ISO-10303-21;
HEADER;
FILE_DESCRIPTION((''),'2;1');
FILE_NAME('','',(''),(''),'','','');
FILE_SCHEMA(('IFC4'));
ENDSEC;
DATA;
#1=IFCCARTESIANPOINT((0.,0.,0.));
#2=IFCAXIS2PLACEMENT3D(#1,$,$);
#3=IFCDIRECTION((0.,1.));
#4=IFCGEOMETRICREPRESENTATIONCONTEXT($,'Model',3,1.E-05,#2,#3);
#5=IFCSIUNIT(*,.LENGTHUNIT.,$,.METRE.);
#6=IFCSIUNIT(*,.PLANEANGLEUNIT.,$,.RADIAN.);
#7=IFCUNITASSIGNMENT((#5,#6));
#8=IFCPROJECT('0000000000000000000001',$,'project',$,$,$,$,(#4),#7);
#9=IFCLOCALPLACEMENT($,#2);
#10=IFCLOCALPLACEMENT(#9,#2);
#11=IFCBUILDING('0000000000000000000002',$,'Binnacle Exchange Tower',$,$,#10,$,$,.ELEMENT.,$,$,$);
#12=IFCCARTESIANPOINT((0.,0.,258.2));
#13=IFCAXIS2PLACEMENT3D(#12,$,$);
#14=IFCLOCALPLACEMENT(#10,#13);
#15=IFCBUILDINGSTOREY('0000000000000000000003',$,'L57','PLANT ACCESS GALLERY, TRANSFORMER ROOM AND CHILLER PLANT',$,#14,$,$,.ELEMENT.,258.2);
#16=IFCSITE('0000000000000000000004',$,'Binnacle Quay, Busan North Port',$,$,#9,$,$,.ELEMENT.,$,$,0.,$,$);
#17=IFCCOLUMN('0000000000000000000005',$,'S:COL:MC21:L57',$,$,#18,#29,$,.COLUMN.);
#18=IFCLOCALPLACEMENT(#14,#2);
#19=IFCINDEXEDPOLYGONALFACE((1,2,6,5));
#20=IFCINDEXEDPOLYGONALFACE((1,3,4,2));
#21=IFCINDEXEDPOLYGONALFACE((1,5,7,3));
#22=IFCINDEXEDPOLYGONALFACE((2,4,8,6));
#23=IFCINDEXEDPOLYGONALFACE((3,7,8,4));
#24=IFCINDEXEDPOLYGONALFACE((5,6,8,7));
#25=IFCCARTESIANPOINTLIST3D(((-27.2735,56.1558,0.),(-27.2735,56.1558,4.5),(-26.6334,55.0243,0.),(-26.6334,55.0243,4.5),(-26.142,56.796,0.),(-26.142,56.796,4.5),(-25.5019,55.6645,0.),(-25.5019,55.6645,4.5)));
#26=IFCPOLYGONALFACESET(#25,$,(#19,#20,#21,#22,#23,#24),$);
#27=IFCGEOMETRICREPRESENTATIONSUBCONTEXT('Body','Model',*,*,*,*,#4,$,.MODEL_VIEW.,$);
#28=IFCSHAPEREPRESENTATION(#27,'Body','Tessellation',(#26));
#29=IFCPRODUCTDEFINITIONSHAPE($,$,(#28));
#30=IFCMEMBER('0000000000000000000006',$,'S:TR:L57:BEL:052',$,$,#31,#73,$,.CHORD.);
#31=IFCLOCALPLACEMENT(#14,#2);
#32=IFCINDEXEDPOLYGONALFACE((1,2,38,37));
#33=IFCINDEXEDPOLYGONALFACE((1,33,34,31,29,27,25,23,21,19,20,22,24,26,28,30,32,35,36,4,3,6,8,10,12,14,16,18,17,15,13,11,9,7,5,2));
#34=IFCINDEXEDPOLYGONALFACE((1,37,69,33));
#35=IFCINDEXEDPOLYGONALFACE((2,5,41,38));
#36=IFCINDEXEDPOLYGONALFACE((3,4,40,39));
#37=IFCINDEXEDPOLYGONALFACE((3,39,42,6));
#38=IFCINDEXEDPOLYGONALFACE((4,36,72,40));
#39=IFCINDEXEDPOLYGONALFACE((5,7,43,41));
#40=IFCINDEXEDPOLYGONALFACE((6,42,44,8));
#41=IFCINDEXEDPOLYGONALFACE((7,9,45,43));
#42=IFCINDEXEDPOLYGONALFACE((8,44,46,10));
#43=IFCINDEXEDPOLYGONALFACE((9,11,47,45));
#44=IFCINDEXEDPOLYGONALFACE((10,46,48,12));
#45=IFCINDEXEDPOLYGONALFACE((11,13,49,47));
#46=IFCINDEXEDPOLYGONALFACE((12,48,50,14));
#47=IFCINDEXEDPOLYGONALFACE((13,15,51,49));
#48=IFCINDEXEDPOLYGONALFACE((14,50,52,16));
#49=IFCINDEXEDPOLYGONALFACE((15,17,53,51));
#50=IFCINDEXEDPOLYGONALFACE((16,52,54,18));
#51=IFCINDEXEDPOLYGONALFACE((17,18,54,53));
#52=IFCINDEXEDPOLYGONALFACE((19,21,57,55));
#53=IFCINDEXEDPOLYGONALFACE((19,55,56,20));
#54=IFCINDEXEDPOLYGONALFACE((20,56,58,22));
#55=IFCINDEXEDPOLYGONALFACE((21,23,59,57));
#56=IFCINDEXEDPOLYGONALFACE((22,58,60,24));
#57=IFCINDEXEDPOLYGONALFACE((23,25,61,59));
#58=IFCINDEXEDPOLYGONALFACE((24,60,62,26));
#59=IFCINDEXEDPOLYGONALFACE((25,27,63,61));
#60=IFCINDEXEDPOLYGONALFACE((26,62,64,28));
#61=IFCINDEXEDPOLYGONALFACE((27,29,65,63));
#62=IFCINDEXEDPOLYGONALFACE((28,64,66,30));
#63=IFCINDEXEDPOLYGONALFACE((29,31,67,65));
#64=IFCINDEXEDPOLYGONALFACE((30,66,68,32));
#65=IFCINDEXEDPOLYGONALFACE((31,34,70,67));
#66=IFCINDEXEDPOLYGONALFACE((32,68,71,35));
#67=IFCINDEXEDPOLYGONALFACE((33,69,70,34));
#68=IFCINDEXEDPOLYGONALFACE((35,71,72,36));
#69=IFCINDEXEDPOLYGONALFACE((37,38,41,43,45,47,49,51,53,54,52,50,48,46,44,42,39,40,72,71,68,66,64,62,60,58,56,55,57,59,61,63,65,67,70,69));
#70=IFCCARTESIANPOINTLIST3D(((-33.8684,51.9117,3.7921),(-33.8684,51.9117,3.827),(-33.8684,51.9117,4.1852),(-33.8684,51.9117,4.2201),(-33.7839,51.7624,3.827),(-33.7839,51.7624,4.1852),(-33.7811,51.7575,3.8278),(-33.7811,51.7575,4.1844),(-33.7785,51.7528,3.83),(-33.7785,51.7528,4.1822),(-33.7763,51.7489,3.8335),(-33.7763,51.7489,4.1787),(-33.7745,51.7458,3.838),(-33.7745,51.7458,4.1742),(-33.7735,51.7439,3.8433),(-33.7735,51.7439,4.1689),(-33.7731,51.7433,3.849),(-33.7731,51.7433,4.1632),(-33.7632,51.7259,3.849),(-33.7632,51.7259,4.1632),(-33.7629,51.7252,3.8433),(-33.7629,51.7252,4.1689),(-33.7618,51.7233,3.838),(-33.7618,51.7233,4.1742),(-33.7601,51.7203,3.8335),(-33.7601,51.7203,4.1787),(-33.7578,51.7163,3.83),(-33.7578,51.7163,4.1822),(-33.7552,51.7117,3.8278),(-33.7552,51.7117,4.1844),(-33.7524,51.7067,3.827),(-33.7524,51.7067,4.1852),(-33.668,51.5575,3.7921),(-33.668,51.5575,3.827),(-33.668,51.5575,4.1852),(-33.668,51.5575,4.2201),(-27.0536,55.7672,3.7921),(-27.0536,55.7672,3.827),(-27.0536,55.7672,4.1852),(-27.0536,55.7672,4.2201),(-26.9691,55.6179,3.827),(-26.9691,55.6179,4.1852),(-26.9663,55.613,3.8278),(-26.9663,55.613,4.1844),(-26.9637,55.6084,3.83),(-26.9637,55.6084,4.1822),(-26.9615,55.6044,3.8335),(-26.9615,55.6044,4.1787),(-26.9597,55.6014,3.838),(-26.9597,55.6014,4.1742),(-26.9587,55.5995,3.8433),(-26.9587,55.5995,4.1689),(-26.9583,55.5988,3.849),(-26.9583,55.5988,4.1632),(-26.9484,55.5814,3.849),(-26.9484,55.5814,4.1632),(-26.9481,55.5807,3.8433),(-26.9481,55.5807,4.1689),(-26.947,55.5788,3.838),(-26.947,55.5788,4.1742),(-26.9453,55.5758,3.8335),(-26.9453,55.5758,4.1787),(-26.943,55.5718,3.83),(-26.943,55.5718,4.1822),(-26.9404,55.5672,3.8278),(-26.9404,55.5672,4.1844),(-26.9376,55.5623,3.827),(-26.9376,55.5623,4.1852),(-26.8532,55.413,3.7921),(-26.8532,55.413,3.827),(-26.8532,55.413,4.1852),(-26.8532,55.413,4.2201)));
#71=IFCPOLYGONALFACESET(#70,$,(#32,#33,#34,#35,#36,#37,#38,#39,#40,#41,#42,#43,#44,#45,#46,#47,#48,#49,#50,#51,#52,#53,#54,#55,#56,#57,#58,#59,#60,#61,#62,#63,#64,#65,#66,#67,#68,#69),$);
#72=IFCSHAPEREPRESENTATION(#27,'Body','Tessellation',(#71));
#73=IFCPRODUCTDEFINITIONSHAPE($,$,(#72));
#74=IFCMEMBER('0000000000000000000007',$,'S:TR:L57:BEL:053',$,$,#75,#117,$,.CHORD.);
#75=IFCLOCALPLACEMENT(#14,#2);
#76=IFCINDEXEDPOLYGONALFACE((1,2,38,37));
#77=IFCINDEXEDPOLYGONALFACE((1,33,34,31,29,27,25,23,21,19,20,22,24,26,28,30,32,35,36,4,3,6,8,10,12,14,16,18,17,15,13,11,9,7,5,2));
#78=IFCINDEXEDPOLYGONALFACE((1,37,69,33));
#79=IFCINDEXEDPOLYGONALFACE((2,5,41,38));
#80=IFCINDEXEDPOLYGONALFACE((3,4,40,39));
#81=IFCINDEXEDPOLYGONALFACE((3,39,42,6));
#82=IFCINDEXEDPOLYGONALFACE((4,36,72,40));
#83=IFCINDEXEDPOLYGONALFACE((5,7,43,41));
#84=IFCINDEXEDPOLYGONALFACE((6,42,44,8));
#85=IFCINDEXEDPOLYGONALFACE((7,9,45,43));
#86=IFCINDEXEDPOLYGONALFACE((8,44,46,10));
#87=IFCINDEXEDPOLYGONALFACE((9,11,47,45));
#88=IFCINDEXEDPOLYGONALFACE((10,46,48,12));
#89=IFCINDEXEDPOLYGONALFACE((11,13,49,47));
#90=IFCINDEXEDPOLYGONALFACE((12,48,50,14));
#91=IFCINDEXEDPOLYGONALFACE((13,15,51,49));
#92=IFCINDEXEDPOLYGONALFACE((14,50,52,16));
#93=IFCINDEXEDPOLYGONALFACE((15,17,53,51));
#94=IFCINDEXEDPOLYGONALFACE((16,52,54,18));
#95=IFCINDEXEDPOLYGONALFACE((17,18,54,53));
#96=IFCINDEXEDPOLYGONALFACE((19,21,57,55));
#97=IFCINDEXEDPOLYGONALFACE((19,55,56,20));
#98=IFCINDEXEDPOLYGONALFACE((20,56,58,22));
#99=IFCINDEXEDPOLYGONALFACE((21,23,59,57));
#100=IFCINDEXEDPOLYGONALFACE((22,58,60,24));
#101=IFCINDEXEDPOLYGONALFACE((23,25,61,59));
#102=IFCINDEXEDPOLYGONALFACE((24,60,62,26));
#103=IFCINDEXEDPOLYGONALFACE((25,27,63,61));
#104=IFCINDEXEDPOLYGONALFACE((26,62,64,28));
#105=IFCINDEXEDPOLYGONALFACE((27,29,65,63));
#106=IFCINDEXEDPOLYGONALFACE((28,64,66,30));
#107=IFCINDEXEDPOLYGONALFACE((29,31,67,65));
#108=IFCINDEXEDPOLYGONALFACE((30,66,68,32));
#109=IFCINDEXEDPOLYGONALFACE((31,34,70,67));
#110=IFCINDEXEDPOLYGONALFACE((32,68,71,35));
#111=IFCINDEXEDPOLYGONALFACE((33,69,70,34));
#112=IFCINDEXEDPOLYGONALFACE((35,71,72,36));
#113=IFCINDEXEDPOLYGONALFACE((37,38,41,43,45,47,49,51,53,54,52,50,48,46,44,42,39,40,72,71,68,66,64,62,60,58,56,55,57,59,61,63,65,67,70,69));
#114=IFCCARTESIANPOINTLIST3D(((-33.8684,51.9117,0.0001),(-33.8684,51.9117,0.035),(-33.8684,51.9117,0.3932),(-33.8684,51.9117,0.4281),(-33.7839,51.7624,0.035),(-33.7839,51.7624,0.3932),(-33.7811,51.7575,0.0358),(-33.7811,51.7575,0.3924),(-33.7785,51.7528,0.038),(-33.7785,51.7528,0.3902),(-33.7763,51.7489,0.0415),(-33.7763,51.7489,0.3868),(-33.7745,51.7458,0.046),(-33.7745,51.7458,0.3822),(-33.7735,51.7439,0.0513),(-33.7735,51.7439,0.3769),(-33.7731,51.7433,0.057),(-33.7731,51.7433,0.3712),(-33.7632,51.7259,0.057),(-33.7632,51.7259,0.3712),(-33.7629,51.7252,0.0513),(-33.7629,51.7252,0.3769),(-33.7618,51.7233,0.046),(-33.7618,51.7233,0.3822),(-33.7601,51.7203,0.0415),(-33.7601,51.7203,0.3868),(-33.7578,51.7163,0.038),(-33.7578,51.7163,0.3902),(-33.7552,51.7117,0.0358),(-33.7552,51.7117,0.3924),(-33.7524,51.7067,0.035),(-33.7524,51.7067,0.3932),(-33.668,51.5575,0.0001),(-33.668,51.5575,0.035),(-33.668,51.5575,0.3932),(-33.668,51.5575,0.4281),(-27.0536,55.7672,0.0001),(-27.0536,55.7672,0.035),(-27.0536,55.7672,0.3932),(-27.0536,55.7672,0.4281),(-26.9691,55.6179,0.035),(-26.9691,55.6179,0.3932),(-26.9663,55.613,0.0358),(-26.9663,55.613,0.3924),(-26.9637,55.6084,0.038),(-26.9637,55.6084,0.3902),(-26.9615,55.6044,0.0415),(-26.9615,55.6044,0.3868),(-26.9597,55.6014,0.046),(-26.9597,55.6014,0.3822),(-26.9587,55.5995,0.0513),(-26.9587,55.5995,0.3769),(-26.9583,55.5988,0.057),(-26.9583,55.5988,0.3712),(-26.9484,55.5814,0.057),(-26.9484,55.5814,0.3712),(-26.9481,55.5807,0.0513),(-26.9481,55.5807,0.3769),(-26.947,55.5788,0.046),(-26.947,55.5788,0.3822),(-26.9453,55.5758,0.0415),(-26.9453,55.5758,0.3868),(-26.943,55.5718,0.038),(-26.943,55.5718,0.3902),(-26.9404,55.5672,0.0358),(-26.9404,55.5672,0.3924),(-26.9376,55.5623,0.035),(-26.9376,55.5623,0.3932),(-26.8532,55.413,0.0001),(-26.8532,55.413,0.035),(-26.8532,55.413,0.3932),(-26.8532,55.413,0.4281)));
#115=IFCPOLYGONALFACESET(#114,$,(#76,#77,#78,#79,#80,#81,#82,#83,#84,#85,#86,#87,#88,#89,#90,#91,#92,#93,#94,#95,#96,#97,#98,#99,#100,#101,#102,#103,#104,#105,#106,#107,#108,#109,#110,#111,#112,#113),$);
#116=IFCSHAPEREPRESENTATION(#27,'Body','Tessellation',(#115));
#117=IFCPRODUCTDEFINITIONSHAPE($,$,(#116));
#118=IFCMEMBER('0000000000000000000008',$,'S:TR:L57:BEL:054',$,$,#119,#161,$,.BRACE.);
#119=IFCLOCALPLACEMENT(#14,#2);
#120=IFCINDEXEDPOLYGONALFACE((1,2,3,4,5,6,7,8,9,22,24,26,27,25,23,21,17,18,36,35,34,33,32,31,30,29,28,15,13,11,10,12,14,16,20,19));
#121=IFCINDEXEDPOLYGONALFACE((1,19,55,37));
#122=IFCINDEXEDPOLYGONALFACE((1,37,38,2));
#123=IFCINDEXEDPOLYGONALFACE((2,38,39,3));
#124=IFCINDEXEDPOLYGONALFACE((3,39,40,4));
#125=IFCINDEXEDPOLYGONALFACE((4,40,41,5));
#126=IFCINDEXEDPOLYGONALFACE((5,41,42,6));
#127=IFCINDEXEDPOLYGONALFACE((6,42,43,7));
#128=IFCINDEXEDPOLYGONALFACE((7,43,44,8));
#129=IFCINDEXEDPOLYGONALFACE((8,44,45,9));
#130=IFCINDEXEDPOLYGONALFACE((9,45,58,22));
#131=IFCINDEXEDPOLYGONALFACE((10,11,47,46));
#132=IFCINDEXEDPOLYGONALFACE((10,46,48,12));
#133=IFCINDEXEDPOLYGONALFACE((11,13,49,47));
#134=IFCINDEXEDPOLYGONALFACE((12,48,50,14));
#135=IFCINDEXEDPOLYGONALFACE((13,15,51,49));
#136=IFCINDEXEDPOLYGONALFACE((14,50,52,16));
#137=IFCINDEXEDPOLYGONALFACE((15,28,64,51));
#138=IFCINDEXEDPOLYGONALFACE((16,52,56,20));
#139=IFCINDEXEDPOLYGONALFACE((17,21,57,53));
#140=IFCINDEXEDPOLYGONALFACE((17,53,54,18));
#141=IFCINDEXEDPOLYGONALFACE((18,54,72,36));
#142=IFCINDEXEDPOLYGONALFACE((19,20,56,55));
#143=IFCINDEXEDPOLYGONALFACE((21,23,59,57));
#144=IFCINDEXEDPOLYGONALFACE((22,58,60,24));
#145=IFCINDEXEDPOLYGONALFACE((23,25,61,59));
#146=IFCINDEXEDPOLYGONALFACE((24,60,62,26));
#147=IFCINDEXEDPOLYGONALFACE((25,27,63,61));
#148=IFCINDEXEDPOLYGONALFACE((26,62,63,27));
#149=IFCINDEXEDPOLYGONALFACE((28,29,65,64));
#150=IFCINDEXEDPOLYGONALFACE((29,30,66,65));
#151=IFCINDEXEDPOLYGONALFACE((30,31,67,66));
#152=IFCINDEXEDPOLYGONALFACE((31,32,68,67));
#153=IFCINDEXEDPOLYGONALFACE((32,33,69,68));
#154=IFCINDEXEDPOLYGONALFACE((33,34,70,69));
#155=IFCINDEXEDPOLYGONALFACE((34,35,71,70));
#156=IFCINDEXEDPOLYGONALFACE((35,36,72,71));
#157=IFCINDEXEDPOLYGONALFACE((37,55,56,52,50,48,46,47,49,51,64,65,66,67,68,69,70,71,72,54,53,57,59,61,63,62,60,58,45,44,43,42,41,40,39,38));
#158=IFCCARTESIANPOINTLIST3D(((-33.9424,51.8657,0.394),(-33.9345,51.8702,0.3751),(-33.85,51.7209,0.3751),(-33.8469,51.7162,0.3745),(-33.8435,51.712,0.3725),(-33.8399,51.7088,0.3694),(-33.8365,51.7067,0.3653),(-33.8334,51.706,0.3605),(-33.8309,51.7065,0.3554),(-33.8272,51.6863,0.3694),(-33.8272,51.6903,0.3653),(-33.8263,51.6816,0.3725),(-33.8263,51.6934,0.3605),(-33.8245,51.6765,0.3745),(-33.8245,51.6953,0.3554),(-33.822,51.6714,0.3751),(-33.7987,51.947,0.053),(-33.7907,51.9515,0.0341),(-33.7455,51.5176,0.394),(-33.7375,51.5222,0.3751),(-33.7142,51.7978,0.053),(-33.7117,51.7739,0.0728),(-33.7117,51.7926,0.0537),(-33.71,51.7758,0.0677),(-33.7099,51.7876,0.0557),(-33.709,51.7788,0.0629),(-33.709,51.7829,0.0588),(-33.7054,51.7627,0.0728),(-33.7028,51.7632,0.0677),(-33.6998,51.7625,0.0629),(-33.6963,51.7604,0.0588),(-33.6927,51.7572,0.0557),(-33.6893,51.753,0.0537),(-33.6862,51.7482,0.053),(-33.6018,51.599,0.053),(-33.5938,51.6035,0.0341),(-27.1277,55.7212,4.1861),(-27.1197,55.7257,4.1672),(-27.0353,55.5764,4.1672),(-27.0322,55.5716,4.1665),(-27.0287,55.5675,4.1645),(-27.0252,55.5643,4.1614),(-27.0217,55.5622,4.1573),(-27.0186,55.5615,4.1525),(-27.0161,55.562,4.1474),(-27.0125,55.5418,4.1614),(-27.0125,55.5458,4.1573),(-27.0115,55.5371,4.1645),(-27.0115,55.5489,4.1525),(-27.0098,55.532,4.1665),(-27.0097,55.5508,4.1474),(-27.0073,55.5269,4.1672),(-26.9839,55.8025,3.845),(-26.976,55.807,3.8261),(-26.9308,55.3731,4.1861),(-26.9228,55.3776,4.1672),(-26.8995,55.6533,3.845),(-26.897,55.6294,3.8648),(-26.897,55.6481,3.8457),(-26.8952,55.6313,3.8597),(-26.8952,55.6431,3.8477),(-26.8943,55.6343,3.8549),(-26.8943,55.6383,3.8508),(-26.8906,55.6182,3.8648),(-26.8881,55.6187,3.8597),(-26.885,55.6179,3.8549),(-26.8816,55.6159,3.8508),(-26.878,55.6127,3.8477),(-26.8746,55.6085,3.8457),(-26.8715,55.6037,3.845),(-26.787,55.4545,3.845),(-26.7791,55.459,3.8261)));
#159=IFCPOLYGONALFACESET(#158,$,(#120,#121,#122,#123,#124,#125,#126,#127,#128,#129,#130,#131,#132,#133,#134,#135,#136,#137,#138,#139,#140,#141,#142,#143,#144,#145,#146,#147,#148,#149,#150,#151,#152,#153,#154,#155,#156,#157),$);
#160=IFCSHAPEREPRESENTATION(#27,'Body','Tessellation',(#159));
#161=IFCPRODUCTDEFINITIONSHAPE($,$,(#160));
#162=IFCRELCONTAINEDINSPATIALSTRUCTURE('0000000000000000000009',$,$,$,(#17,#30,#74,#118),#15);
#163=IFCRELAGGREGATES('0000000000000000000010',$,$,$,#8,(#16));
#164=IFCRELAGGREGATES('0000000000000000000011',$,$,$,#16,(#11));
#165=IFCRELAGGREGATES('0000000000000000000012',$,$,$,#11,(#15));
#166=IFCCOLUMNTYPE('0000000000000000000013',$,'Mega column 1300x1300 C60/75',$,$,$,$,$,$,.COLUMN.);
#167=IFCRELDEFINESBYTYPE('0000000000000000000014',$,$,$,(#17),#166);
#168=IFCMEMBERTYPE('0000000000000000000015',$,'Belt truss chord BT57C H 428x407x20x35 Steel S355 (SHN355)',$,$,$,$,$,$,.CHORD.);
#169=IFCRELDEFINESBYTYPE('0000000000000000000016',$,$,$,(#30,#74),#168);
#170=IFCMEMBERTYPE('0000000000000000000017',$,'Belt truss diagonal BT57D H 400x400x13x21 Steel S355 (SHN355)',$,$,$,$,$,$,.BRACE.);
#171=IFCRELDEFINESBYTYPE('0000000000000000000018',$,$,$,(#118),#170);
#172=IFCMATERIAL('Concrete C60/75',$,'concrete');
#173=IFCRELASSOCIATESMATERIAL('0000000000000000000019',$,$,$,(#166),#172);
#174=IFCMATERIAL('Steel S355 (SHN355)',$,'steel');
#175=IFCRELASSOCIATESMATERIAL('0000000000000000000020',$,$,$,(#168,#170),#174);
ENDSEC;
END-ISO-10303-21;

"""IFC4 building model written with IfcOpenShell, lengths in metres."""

from ifc_helpers import new_model, si_unit, direction, frame, origin, origin_2d, place, context, subcontext, project, spatial, rectangle, i_section, extrude, material, material_profile, profile_set, type_object, element, save


model = new_model("IFC4")

# Units and contexts
model_context = context("Model", 3, precision=1e-05, world=origin(), true_north=direction((0.0, 1.0)))
body_context = subcontext(model_context, "Body", "Model", "MODEL_VIEW")
ifc_project = project(units=[si_unit("LENGTHUNIT", "METRE"), si_unit("PLANEANGLEUNIT", "RADIAN")], contexts=[model_context])

# Site, building, storey
site_placement = place(None, origin())
site = spatial("IfcSite", under=ifc_project, at=site_placement, Name="Binnacle Quay, Busan North Port", CompositionType="ELEMENT", RefElevation=0.0)
building_placement = place(site_placement, origin())
building = spatial("IfcBuilding", under=site, at=building_placement, Name="Binnacle Exchange Tower", CompositionType="ELEMENT")
storey_placement = place(building_placement, frame((0.0, 0.0, 258.2)))
storey = spatial("IfcBuildingStorey", under=building, at=storey_placement, Name="L57", Description="PLANT ACCESS GALLERY, TRANSFORMER ROOM AND CHILLER PLANT", CompositionType="ELEMENT", Elevation=258.2)

# Column
ifc_material_1 = material(Name="Concrete C60/75", Category="concrete")
ifc_material_profile_1 = material_profile(ifc_material_1, rectangle(XDim=1.3, YDim=1.3, at=origin_2d()), Name="Mega column 1300x1300 C60/75")
ifc_profile_set_1 = profile_set([ifc_material_profile_1], Name="Concrete C60/75")
column_type = type_object("IfcColumnType", Name="Mega column 1300x1300 C60/75", PredefinedType="COLUMN", material=ifc_profile_set_1)
column_placement = place(storey_placement, frame((-26.3877, 55.9102, 0.0), z_axis=(0.0, 0.0, 1.0), x_axis=(-0.870356, -0.492424, 0.0)))
element("IfcColumn", 1, at=column_placement, inside=storey, type_object=column_type, Name="S:COL:MC21:L57", PredefinedType="COLUMN", context=body_context, shape_type="SweptSolid", body=[
    extrude(rectangle(XDim=1.3, YDim=1.3, at=origin_2d()), origin(), (0.0, 0.0, 1.0), 4.5),
])

# Members
ifc_material_2 = material(Name="Steel S355 (SHN355)", Category="steel")
ifc_material_profile_2 = material_profile(ifc_material_2, i_section(OverallWidth=0.407, OverallDepth=0.428, WebThickness=0.02, FlangeThickness=0.0349, FilletRadius=0.022, at=origin_2d()), Name="H 428x407x20x35")
ifc_profile_set_2 = profile_set([ifc_material_profile_2], Name="Steel S355 (SHN355)")
member_type_1 = type_object("IfcMemberType", Name="Belt truss chord BT57C H 428x407x20x35 Steel S355 (SHN355)", PredefinedType="CHORD", material=ifc_profile_set_2)
for number, where, z_axis, x_axis, name in (
    (2, (-26.9534, 55.5901, 4.0061), (-0.870361, -0.492414, 0.0), (0.492414, -0.870361, 0.0), "S:TR:L57:BEL:052"),
    (3, (-26.9534, 55.5901, 0.2141), (-0.870361, -0.492414, 0.0), (0.492414, -0.870361, 0.0), "S:TR:L57:BEL:053"),
):
    element("IfcMember", number, at=place(storey_placement, frame(where, z_axis=z_axis, x_axis=x_axis)), inside=storey, type_object=member_type_1, Name=name, PredefinedType="CHORD", context=body_context, shape_type="SweptSolid", body=[
        extrude(i_section(OverallWidth=0.407, OverallDepth=0.428, WebThickness=0.02, FlangeThickness=0.0349, FilletRadius=0.022, at=origin_2d()), origin(), (0.0, 0.0, 1.0), 7.8298),
    ])
ifc_material_profile_3 = material_profile(ifc_material_2, i_section(OverallWidth=0.3999, OverallDepth=0.3999, WebThickness=0.0129, FlangeThickness=0.021, FilletRadius=0.022, at=origin_2d()), Name="H 400x400x13x21")
ifc_profile_set_3 = profile_set([ifc_material_profile_3], Name="Steel S355 (SHN355)")
member_type_2 = type_object("IfcMemberType", Name="Belt truss diagonal BT57D H 400x400x13x21 Steel S355 (SHN355)", PredefinedType="BRACE", material=ifc_profile_set_3)
member_1_placement = place(storey_placement, frame((-26.9534, 55.5901, 4.0061), z_axis=(-0.78333, -0.443175, -0.435879), x_axis=(0.492414, -0.870361, 0.0)))
element("IfcMember", 4, at=member_1_placement, inside=storey, type_object=member_type_2, Name="S:TR:L57:BEL:054", PredefinedType="BRACE", context=body_context, shape_type="SweptSolid", body=[
    extrude(i_section(OverallWidth=0.3999, OverallDepth=0.3999, WebThickness=0.0129, FlangeThickness=0.021, FilletRadius=0.022, at=origin_2d()), origin(), (0.0, 0.0, 1.0), 8.6997),
])

save(model, "model.ifc")
